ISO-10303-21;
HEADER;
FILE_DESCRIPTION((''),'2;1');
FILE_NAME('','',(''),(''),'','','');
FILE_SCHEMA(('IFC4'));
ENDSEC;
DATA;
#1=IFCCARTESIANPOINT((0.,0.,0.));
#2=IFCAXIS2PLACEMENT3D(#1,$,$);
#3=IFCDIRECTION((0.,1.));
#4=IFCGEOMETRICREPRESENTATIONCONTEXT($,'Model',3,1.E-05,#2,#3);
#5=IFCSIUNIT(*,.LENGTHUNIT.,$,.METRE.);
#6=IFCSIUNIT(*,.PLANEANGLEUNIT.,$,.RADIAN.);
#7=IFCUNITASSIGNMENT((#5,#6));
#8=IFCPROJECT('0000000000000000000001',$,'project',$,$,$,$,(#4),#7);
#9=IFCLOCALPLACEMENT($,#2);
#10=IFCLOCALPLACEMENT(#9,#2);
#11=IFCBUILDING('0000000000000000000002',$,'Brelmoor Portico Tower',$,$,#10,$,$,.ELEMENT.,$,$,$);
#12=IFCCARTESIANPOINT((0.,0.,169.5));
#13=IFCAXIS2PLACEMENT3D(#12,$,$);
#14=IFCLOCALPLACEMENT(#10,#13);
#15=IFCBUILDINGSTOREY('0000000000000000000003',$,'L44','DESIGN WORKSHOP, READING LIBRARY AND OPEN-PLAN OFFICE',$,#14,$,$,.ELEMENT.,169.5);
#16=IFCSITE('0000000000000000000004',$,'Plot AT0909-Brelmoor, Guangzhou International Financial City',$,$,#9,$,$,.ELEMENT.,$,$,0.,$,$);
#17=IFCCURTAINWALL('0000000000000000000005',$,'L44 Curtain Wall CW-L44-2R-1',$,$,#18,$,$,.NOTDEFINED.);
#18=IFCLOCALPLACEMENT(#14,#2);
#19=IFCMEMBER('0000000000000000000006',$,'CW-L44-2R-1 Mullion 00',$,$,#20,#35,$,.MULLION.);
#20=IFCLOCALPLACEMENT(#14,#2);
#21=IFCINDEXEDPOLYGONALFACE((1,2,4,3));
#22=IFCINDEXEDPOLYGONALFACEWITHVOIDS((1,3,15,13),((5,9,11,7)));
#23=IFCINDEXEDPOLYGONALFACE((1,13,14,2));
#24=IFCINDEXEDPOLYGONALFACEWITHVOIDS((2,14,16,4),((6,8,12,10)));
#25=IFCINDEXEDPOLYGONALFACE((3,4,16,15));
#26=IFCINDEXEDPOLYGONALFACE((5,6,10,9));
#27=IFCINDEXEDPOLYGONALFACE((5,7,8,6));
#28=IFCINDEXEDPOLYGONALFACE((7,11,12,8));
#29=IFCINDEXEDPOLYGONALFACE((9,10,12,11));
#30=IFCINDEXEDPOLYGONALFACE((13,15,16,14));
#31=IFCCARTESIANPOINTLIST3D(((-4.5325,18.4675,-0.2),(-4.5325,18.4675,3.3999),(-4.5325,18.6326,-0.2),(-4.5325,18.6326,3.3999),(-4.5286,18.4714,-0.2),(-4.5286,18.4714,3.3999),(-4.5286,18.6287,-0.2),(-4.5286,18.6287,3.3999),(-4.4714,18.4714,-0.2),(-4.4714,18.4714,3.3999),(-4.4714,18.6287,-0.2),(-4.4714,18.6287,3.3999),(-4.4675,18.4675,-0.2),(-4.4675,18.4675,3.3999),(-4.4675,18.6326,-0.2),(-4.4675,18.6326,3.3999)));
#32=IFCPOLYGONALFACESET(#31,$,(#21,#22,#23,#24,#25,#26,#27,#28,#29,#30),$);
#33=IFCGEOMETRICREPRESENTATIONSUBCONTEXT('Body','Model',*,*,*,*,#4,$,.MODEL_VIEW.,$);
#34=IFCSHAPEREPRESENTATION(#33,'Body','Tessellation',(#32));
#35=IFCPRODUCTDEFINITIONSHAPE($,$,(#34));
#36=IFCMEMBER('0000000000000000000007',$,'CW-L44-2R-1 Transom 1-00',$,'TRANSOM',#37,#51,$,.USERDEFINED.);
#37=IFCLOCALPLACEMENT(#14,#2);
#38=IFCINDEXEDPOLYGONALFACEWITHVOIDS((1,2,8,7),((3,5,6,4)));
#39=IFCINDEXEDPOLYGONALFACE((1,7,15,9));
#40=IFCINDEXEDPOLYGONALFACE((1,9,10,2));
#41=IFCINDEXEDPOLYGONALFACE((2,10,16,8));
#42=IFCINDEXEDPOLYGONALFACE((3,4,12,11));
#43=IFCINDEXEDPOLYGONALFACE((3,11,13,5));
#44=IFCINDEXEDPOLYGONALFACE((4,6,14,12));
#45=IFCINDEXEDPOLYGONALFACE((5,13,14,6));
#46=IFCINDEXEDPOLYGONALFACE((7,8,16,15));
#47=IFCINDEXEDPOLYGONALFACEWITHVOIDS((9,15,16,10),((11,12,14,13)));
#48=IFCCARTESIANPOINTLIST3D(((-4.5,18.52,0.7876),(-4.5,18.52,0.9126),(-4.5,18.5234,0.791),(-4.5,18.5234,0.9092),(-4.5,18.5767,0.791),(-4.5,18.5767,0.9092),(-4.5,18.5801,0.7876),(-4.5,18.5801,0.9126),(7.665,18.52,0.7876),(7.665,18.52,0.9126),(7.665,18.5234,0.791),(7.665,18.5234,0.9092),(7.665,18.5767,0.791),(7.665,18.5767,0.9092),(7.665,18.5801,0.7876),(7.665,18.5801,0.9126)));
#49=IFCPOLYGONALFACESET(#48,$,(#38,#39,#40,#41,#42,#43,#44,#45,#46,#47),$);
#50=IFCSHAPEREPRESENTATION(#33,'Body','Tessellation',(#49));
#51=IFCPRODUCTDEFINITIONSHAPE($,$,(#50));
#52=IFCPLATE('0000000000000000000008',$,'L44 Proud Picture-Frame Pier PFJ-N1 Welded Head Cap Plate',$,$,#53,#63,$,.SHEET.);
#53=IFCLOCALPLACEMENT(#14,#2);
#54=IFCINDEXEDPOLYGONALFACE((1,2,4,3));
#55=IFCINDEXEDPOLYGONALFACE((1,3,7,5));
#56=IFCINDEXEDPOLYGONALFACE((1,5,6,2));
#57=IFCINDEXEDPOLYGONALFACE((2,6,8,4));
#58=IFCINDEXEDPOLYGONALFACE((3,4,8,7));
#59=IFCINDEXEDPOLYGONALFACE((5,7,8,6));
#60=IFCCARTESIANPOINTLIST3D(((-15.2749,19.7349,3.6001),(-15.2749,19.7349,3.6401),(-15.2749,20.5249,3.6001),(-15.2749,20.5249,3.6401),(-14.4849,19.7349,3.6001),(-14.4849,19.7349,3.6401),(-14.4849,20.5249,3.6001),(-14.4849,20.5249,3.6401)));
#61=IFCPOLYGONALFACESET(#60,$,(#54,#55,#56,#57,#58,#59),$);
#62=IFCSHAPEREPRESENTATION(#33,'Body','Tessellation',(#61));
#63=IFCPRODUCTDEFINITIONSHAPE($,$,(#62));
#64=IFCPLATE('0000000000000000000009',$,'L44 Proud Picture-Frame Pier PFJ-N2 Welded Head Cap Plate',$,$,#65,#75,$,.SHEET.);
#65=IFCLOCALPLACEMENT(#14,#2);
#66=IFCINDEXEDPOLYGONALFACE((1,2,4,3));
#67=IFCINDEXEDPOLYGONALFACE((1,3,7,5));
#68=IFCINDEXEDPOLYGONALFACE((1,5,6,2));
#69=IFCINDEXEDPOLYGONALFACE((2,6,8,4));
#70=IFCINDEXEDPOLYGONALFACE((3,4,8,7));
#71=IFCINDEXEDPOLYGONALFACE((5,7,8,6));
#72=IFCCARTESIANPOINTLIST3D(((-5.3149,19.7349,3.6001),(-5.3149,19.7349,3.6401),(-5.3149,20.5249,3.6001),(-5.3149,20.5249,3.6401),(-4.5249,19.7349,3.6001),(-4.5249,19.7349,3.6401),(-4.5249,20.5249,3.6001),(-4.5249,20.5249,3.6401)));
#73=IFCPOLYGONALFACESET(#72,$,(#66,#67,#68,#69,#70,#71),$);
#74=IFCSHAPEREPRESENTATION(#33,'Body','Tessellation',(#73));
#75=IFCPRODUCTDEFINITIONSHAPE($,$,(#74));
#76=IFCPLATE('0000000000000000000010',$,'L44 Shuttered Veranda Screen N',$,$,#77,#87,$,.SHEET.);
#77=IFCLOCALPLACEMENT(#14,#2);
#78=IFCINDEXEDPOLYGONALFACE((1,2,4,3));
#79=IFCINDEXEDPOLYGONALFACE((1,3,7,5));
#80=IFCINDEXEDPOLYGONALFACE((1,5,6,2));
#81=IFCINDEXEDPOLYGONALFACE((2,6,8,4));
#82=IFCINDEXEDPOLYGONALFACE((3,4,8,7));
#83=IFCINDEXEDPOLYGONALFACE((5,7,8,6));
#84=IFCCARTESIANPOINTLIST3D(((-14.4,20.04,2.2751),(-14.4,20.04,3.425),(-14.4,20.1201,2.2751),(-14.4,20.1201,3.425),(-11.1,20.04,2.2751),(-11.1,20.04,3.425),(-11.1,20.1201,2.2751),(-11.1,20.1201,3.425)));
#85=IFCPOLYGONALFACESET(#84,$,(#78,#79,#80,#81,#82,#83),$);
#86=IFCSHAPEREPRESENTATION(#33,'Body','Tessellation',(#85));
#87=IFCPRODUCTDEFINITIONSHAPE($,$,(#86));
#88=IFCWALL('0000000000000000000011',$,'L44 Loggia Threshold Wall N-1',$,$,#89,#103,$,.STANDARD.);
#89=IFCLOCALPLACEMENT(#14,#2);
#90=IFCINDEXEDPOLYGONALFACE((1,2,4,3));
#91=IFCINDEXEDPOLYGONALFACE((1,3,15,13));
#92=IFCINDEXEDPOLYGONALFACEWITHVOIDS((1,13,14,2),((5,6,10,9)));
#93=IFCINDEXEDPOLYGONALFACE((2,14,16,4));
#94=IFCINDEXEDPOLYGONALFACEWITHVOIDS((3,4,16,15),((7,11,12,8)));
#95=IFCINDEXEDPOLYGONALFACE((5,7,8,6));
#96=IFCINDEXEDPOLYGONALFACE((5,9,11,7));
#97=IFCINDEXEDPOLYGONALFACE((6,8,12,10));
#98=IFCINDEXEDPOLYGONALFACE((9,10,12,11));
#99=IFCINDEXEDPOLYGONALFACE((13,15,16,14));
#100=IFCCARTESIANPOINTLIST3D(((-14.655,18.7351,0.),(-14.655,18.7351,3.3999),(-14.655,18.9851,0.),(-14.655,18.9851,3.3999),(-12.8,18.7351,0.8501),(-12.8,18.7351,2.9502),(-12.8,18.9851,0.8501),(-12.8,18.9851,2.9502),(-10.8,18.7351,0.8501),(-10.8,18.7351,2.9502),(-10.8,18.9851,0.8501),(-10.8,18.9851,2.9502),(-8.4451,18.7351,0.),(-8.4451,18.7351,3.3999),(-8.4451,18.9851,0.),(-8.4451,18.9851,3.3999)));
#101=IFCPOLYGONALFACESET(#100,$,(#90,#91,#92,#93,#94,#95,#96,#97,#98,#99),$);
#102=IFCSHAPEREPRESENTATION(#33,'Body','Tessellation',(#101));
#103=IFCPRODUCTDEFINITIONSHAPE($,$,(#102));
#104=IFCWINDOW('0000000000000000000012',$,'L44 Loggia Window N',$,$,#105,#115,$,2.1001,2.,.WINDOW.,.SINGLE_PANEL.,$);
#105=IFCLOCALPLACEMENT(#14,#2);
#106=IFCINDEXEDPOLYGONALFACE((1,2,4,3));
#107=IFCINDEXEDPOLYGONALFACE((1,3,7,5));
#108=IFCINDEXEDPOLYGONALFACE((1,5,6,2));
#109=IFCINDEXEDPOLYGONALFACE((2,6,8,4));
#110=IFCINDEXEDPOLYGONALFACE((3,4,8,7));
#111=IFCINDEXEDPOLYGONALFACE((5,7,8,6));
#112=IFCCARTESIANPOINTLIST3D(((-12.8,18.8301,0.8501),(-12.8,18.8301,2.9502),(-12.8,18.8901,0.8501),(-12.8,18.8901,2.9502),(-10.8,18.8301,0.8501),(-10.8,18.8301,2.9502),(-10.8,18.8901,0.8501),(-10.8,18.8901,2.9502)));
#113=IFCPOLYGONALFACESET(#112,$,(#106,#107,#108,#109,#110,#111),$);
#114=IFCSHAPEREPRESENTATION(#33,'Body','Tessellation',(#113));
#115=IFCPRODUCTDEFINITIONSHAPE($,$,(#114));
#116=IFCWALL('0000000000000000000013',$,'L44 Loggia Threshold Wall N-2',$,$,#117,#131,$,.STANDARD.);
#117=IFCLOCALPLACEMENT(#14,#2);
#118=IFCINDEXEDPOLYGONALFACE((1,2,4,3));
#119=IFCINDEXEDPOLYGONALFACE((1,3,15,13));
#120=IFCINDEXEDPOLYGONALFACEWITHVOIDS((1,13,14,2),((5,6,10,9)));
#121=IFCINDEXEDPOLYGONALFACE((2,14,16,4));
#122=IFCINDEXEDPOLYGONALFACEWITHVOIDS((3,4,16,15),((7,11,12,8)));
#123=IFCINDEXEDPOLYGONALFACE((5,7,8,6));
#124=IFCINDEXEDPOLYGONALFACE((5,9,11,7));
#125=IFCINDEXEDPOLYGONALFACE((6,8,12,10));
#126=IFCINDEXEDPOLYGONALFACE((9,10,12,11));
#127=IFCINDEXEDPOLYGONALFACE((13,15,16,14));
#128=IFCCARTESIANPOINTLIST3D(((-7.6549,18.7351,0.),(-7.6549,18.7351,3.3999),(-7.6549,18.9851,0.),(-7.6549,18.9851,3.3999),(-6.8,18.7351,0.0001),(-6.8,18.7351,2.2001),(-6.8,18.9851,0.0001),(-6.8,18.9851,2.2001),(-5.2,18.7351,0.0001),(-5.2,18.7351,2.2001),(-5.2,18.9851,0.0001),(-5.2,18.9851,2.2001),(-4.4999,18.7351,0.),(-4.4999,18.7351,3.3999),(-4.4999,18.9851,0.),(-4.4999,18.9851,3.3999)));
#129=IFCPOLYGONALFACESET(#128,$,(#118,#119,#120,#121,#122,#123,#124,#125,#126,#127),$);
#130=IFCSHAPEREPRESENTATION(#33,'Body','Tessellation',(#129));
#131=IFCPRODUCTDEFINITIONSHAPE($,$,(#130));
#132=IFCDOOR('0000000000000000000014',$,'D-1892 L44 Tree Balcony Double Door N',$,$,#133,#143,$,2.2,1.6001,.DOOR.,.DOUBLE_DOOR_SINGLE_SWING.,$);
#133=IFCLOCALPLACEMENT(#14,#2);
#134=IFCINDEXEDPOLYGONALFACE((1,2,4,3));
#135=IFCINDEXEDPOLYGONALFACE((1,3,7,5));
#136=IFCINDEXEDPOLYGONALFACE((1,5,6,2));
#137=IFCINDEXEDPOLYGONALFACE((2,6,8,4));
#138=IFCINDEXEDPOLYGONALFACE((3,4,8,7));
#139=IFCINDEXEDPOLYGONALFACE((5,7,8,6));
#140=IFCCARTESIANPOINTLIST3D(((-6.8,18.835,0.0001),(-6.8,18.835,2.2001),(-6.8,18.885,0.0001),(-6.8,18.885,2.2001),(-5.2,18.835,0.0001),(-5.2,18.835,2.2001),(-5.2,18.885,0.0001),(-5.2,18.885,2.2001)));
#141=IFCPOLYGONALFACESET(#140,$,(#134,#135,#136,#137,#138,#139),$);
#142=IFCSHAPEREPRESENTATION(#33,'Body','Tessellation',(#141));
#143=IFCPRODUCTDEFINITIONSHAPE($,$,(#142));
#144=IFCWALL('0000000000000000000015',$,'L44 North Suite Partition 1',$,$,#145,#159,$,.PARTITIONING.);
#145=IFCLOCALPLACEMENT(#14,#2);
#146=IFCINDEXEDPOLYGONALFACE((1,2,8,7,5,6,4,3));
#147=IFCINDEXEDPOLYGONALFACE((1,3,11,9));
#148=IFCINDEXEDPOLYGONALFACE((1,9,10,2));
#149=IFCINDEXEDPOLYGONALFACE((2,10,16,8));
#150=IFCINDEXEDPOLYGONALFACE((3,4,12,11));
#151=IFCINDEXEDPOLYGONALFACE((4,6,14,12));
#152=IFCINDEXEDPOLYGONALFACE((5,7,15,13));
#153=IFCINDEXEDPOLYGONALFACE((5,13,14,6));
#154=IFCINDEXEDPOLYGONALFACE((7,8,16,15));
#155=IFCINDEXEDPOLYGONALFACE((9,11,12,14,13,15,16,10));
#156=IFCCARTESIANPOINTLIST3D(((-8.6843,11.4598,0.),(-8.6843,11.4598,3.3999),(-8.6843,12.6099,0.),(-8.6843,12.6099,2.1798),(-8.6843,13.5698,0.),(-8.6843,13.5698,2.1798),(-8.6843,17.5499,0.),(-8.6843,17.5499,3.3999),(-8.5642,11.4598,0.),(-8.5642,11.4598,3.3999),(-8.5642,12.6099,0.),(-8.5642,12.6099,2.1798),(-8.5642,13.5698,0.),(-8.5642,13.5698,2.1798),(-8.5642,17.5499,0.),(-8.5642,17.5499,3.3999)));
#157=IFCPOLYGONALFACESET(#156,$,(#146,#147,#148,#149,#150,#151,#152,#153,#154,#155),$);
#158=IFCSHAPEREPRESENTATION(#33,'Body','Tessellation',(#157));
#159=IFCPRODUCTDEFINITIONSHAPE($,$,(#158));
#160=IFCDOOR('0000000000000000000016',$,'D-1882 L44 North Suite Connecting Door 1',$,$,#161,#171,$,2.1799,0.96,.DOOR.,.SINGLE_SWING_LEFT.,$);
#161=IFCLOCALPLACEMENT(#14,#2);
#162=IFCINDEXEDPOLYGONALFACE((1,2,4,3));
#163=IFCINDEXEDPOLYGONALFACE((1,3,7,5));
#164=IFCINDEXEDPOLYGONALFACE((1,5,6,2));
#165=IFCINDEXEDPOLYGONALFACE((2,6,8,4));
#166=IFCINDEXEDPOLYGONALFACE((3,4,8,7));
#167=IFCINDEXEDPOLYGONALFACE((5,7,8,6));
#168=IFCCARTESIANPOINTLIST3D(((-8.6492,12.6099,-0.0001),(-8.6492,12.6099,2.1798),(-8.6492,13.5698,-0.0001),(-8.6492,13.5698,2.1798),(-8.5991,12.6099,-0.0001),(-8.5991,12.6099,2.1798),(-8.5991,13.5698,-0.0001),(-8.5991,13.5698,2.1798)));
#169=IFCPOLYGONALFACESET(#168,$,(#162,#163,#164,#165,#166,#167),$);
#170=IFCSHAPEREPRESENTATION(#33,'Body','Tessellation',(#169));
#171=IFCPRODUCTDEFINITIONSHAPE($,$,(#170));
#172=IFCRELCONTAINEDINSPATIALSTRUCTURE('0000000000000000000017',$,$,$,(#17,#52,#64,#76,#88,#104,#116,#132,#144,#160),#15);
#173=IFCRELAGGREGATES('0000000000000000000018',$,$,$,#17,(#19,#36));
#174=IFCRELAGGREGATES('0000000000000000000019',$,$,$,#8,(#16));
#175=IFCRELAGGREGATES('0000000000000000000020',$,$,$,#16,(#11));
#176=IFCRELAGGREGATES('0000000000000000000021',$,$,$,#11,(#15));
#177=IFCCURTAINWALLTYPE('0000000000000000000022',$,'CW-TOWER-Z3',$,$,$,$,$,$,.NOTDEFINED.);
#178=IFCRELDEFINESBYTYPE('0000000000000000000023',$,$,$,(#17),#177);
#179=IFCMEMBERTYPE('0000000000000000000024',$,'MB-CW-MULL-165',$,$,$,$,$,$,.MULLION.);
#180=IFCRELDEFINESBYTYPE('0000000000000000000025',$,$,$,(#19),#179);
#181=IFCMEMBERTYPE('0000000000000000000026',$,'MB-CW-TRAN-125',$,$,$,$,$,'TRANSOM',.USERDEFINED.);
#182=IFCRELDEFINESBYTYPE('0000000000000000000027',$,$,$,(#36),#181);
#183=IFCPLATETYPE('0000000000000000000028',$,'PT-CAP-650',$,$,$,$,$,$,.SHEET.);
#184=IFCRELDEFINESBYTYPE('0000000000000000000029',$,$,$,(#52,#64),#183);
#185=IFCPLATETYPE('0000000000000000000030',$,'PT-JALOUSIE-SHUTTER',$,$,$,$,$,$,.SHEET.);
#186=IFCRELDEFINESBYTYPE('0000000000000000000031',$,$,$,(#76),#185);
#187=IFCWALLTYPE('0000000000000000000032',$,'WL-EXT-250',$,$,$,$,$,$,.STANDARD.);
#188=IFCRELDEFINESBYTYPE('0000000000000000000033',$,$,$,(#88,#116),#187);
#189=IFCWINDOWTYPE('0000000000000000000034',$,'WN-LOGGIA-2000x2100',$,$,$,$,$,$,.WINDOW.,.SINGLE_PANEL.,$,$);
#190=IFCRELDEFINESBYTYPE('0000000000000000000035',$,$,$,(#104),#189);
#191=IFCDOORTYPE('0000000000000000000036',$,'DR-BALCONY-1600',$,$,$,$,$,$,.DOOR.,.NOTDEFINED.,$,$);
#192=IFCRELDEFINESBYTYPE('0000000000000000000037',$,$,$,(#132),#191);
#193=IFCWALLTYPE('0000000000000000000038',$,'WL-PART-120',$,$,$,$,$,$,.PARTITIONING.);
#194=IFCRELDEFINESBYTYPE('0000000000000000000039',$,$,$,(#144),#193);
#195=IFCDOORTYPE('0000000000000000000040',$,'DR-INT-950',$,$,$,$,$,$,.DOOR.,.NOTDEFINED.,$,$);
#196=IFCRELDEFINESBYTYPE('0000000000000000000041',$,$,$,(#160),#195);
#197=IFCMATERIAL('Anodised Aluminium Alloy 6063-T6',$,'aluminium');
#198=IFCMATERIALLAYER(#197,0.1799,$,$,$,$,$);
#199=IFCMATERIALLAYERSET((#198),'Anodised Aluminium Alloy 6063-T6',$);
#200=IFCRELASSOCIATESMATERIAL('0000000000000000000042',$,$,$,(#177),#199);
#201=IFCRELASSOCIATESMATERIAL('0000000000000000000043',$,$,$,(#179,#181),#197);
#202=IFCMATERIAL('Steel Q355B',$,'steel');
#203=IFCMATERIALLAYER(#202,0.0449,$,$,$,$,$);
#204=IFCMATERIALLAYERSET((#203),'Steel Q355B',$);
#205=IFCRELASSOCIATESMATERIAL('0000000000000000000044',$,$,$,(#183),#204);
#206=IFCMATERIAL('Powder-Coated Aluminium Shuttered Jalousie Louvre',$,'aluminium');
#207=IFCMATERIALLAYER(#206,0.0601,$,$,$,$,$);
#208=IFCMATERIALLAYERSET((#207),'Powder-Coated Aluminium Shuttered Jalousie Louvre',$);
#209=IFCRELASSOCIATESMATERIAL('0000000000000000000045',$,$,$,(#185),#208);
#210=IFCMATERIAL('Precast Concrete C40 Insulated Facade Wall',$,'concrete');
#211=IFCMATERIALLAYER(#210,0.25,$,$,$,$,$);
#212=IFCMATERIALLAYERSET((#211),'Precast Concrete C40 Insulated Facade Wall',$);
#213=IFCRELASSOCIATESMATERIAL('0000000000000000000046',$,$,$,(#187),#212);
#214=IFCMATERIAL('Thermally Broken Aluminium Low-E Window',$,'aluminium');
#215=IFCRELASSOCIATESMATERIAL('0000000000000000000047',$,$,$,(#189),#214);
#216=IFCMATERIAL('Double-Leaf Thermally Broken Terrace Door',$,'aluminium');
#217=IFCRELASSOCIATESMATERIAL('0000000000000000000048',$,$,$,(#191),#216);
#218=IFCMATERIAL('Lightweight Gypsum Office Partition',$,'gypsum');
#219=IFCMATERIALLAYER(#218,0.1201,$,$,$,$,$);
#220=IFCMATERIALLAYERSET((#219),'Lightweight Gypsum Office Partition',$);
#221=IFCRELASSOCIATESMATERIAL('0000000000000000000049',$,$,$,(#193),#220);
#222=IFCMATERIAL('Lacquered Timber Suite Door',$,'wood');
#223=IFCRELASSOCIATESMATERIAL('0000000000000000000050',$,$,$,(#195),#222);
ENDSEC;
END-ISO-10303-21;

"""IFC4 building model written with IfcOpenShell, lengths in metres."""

from ifc_helpers import new_model, si_unit, direction, frame, frame_2d, origin, origin_2d, place, context, subcontext, project, spatial, rectangle, hollow_rectangle, extrude, material, layer, layer_set, material_profile, profile_set, type_object, element, fill, aggregate, save


model = new_model("IFC4")

# Units and contexts
model_context = context("Model", 3, precision=1e-05, world=origin(), true_north=direction((0.0, 1.0)))
body_context = subcontext(model_context, "Body", "Model", "MODEL_VIEW")
ifc_project = project(units=[si_unit("LENGTHUNIT", "METRE"), si_unit("PLANEANGLEUNIT", "RADIAN")], contexts=[model_context])

# Site, building, storey
site_placement = place(None, origin())
site = spatial("IfcSite", under=ifc_project, at=site_placement, Name="Plot AT0909-Brelmoor, Guangzhou International Financial City", CompositionType="ELEMENT", RefElevation=0.0)
building_placement = place(site_placement, origin())
building = spatial("IfcBuilding", under=site, at=building_placement, Name="Brelmoor Portico Tower", CompositionType="ELEMENT")
storey_placement = place(building_placement, frame((0.0, 0.0, 169.5)))
storey = spatial("IfcBuildingStorey", under=building, at=storey_placement, Name="L44", Description="DESIGN WORKSHOP, READING LIBRARY AND OPEN-PLAN OFFICE", CompositionType="ELEMENT", Elevation=169.5)

# Shared definitions
ifc_material_1 = material(Name="Steel Q355B", Category="steel")

# Curtain wall, members
ifc_material_2 = material(Name="Anodised Aluminium Alloy 6063-T6", Category="aluminium")
ifc_layer_1 = layer(ifc_material_2, 0.1799)
ifc_layer_set_1 = layer_set([ifc_layer_1], Name="Anodised Aluminium Alloy 6063-T6")
curtain_wall_type = type_object("IfcCurtainWallType", Name="CW-TOWER-Z3", PredefinedType="NOTDEFINED", material=ifc_layer_set_1)
curtain_wall_placement = place(storey_placement, origin())
curtain_wall = element("IfcCurtainWall", 1, at=curtain_wall_placement, inside=storey, type_object=curtain_wall_type, Name="L44 Curtain Wall CW-L44-2R-1", PredefinedType="NOTDEFINED")
ifc_material_profile_1 = material_profile(ifc_material_2, hollow_rectangle(XDim=0.0649, YDim=0.165, WallThickness=0.0039, at=origin_2d()), Name="ALU MULLION 65x165")
ifc_profile_set_1 = profile_set([ifc_material_profile_1], Name="Anodised Aluminium Alloy 6063-T6")
member_type_1 = type_object("IfcMemberType", Name="MB-CW-MULL-165", PredefinedType="MULLION", material=ifc_profile_set_1)
member_1_placement = place(storey_placement, frame((-4.5, 18.55, -0.2), z_axis=(0.0, 0.0, 1.0), x_axis=(1.0, 0.0, 0.0)))
member_1 = element("IfcMember", 2, at=member_1_placement, type_object=member_type_1, Name="CW-L44-2R-1 Mullion 00", PredefinedType="MULLION", context=body_context, shape_type="SweptSolid", body=[
    extrude(hollow_rectangle(XDim=0.0649, YDim=0.165, WallThickness=0.0039, at=origin_2d()), origin(), (0.0, 0.0, 1.0), 3.5999),
])
ifc_material_profile_2 = material_profile(ifc_material_2, hollow_rectangle(XDim=0.0601, YDim=0.125, WallThickness=0.0034, at=origin_2d()), Name="ALU TRANSOM 60x125")
ifc_profile_set_2 = profile_set([ifc_material_profile_2], Name="Anodised Aluminium Alloy 6063-T6")
member_type_2 = type_object("IfcMemberType", Name="MB-CW-TRAN-125", ElementType="TRANSOM", PredefinedType="USERDEFINED", material=ifc_profile_set_2)
member_2_placement = place(storey_placement, frame((-4.5, 18.55, 0.8501), z_axis=(1.0, 0.0, 0.0), x_axis=(0.0, 1.0, 0.0)))
member_2 = element("IfcMember", 3, at=member_2_placement, type_object=member_type_2, Name="CW-L44-2R-1 Transom 1-00", ObjectType="TRANSOM", PredefinedType="USERDEFINED", context=body_context, shape_type="SweptSolid", body=[
    extrude(hollow_rectangle(XDim=0.0601, YDim=0.125, WallThickness=0.0034, at=origin_2d()), origin(), (0.0, 0.0, 1.0), 12.165),
])
aggregate(curtain_wall, [member_1, member_2])

# Plates
ifc_layer_2 = layer(ifc_material_1, 0.0449)
ifc_layer_set_2 = layer_set([ifc_layer_2], Name="Steel Q355B")
plate_type_1 = type_object("IfcPlateType", Name="PT-CAP-650", PredefinedType="SHEET", material=ifc_layer_set_2)
for number, where, z_axis, x_axis, name in (
    (4, (-14.8799, 20.1299, 3.6001), (0.0, 0.0, 1.0), (1.0, 0.0, 0.0), "L44 Proud Picture-Frame Pier PFJ-N1 Welded Head Cap Plate"),
    (5, (-4.9199, 20.1299, 3.6001), (0.0, 0.0, 1.0), (1.0, 0.0, 0.0), "L44 Proud Picture-Frame Pier PFJ-N2 Welded Head Cap Plate"),
):
    element("IfcPlate", number, at=place(storey_placement, frame(where, z_axis=z_axis, x_axis=x_axis)), inside=storey, type_object=plate_type_1, Name=name, PredefinedType="SHEET", context=body_context, shape_type="SweptSolid", body=[
        extrude(rectangle(XDim=0.79, YDim=0.79, at=origin_2d()), origin(), (0.0, 0.0, 1.0), 0.04),
    ])
ifc_material_3 = material(Name="Powder-Coated Aluminium Shuttered Jalousie Louvre", Category="aluminium")
ifc_layer_3 = layer(ifc_material_3, 0.0601)
ifc_layer_set_3 = layer_set([ifc_layer_3], Name="Powder-Coated Aluminium Shuttered Jalousie Louvre")
plate_type_2 = type_object("IfcPlateType", Name="PT-JALOUSIE-SHUTTER", PredefinedType="SHEET", material=ifc_layer_set_3)
plate_placement = place(storey_placement, frame((-12.75, 20.0801, 2.2751), z_axis=(0.0, 0.0, 1.0), x_axis=(1.0, 0.0, 0.0)))
element("IfcPlate", 6, at=plate_placement, inside=storey, type_object=plate_type_2, Name="L44 Shuttered Veranda Screen N", PredefinedType="SHEET", context=body_context, shape_type="SweptSolid", body=[
    extrude(rectangle(XDim=3.3, YDim=0.0801, at=origin_2d()), origin(), (0.0, 0.0, 1.0), 1.1499),
])

# Wall, opening, window
ifc_material_4 = material(Name="Precast Concrete C40 Insulated Facade Wall", Category="concrete")
ifc_layer_4 = layer(ifc_material_4, 0.25)
ifc_layer_set_4 = layer_set([ifc_layer_4], Name="Precast Concrete C40 Insulated Facade Wall")
wall_type_1 = type_object("IfcWallType", Name="WL-EXT-250", PredefinedType="STANDARD", material=ifc_layer_set_4)
wall_1_placement = place(storey_placement, frame((-14.655, 18.8601, 0.0), z_axis=(0.0, 0.0, 1.0), x_axis=(1.0, 0.0, 0.0)))
wall_1 = element("IfcWall", 7, at=wall_1_placement, inside=storey, type_object=wall_type_1, Name="L44 Loggia Threshold Wall N-1", PredefinedType="STANDARD", context=body_context, shape_type="SweptSolid", body=[
    extrude(rectangle(XDim=6.21, YDim=0.25, at=frame_2d((3.105, 0.0))), origin(), (0.0, 0.0, 1.0), 3.3999),
])
opening_1_placement = place(wall_1_placement, frame((1.855, 0.0, 0.8501)))
opening_1 = element("IfcOpeningElement", 8, at=opening_1_placement, cuts=wall_1, PredefinedType="OPENING", context=body_context, shape_type="SweptSolid", body=[
    extrude(rectangle(XDim=2.0, YDim=2.1001, at=frame_2d((1.0, 1.05))), frame((0.0, 0.135, 0.0), z_axis=(0.0, -1.0, 0.0), x_axis=(1.0, 0.0, 0.0)), (0.0, 0.0, 1.0), 0.27),
])
ifc_material_5 = material(Name="Thermally Broken Aluminium Low-E Window", Category="aluminium")
window_type = type_object("IfcWindowType", Name="WN-LOGGIA-2000x2100", PartitioningType="SINGLE_PANEL", PredefinedType="WINDOW", material=ifc_material_5)
window_placement = place(opening_1_placement, origin())
window = element("IfcWindow", 9, at=window_placement, inside=storey, type_object=window_type, Name="L44 Loggia Window N", OverallHeight=2.1001, OverallWidth=2.0, PartitioningType="SINGLE_PANEL", PredefinedType="WINDOW", context=body_context, shape_type="SweptSolid", body=[
    extrude(rectangle(XDim=2.0, YDim=2.1001, at=frame_2d((1.0, 1.05))), frame((0.0, 0.03, 0.0), z_axis=(0.0, -1.0, 0.0), x_axis=(1.0, 0.0, 0.0)), (0.0, 0.0, 1.0), 0.0601),
])
fill(opening_1, window)

# Walls, openings, doors
wall_2_placement = place(storey_placement, frame((-7.655, 18.8601, 0.0), z_axis=(0.0, 0.0, 1.0), x_axis=(1.0, 0.0, 0.0)))
wall_2 = element("IfcWall", 10, at=wall_2_placement, inside=storey, type_object=wall_type_1, Name="L44 Loggia Threshold Wall N-2", PredefinedType="STANDARD", context=body_context, shape_type="SweptSolid", body=[
    extrude(rectangle(XDim=3.155, YDim=0.25, at=frame_2d((1.5776, 0.0))), origin(), (0.0, 0.0, 1.0), 3.3999),
])
opening_2_placement = place(wall_2_placement, frame((0.855, 0.0, 0.0)))
opening_2 = element("IfcOpeningElement", 11, at=opening_2_placement, cuts=wall_2, PredefinedType="OPENING", context=body_context, shape_type="SweptSolid", body=[
    extrude(rectangle(XDim=1.6001, YDim=2.2, at=frame_2d((0.8, 1.1001))), frame((0.0, 0.135, 0.0), z_axis=(0.0, -1.0, 0.0), x_axis=(1.0, 0.0, 0.0)), (0.0, 0.0, 1.0), 0.27),
])
ifc_material_6 = material(Name="Double-Leaf Thermally Broken Terrace Door", Category="aluminium")
door_type_1 = type_object("IfcDoorType", Name="DR-BALCONY-1600", OperationType="NOTDEFINED", PredefinedType="DOOR", material=ifc_material_6)
door_1_placement = place(opening_2_placement, origin())
door_1 = element("IfcDoor", 12, at=door_1_placement, inside=storey, type_object=door_type_1, Name="D-1892 L44 Tree Balcony Double Door N", OperationType="DOUBLE_DOOR_SINGLE_SWING", OverallHeight=2.2, OverallWidth=1.6001, PredefinedType="DOOR", context=body_context, shape_type="SweptSolid", body=[
    extrude(rectangle(XDim=1.6001, YDim=2.2, at=frame_2d((0.8, 1.1001))), frame((0.0, 0.0249, 0.0), z_axis=(0.0, -1.0, 0.0), x_axis=(1.0, 0.0, 0.0)), (0.0, 0.0, 1.0), 0.05),
])
fill(opening_2, door_1)
ifc_material_7 = material(Name="Lightweight Gypsum Office Partition", Category="gypsum")
ifc_layer_5 = layer(ifc_material_7, 0.1201)
ifc_layer_set_5 = layer_set([ifc_layer_5], Name="Lightweight Gypsum Office Partition")
wall_type_2 = type_object("IfcWallType", Name="WL-PART-120", PredefinedType="PARTITIONING", material=ifc_layer_set_5)
wall_3_placement = place(storey_placement, frame((-8.6243, 11.46, 0.0), z_axis=(0.0, 0.0, 1.0), x_axis=(0.0, 1.0, 0.0)))
wall_3 = element("IfcWall", 13, at=wall_3_placement, inside=storey, type_object=wall_type_2, Name="L44 North Suite Partition 1", PredefinedType="PARTITIONING", context=body_context, shape_type="SweptSolid", body=[
    extrude(rectangle(XDim=6.0901, YDim=0.1201, at=frame_2d((3.0449, 0.0))), origin(), (0.0, 0.0, 1.0), 3.3999),
])
opening_3_placement = place(wall_3_placement, frame((1.1499, 0.0, 0.0)))
opening_3 = element("IfcOpeningElement", 14, at=opening_3_placement, cuts=wall_3, PredefinedType="OPENING", context=body_context, shape_type="SweptSolid", body=[
    extrude(rectangle(XDim=0.96, YDim=2.1799, at=frame_2d((0.48, 1.0898))), frame((0.0, 0.0701, 0.0), z_axis=(0.0, -1.0, 0.0), x_axis=(1.0, 0.0, 0.0)), (0.0, 0.0, 1.0), 0.1401),
])
ifc_material_8 = material(Name="Lacquered Timber Suite Door", Category="wood")
door_type_2 = type_object("IfcDoorType", Name="DR-INT-950", OperationType="NOTDEFINED", PredefinedType="DOOR", material=ifc_material_8)
door_2_placement = place(opening_3_placement, origin())
door_2 = element("IfcDoor", 15, at=door_2_placement, inside=storey, type_object=door_type_2, Name="D-1882 L44 North Suite Connecting Door 1", OperationType="SINGLE_SWING_LEFT", OverallHeight=2.1799, OverallWidth=0.96, PredefinedType="DOOR", context=body_context, shape_type="SweptSolid", body=[
    extrude(rectangle(XDim=0.96, YDim=2.1799, at=frame_2d((0.48, 1.0898))), frame((0.0, 0.0249, 0.0), z_axis=(0.0, -1.0, 0.0), x_axis=(1.0, 0.0, 0.0)), (0.0, 0.0, 1.0), 0.05),
])
fill(opening_3, door_2)

save(model, "model.ifc")
